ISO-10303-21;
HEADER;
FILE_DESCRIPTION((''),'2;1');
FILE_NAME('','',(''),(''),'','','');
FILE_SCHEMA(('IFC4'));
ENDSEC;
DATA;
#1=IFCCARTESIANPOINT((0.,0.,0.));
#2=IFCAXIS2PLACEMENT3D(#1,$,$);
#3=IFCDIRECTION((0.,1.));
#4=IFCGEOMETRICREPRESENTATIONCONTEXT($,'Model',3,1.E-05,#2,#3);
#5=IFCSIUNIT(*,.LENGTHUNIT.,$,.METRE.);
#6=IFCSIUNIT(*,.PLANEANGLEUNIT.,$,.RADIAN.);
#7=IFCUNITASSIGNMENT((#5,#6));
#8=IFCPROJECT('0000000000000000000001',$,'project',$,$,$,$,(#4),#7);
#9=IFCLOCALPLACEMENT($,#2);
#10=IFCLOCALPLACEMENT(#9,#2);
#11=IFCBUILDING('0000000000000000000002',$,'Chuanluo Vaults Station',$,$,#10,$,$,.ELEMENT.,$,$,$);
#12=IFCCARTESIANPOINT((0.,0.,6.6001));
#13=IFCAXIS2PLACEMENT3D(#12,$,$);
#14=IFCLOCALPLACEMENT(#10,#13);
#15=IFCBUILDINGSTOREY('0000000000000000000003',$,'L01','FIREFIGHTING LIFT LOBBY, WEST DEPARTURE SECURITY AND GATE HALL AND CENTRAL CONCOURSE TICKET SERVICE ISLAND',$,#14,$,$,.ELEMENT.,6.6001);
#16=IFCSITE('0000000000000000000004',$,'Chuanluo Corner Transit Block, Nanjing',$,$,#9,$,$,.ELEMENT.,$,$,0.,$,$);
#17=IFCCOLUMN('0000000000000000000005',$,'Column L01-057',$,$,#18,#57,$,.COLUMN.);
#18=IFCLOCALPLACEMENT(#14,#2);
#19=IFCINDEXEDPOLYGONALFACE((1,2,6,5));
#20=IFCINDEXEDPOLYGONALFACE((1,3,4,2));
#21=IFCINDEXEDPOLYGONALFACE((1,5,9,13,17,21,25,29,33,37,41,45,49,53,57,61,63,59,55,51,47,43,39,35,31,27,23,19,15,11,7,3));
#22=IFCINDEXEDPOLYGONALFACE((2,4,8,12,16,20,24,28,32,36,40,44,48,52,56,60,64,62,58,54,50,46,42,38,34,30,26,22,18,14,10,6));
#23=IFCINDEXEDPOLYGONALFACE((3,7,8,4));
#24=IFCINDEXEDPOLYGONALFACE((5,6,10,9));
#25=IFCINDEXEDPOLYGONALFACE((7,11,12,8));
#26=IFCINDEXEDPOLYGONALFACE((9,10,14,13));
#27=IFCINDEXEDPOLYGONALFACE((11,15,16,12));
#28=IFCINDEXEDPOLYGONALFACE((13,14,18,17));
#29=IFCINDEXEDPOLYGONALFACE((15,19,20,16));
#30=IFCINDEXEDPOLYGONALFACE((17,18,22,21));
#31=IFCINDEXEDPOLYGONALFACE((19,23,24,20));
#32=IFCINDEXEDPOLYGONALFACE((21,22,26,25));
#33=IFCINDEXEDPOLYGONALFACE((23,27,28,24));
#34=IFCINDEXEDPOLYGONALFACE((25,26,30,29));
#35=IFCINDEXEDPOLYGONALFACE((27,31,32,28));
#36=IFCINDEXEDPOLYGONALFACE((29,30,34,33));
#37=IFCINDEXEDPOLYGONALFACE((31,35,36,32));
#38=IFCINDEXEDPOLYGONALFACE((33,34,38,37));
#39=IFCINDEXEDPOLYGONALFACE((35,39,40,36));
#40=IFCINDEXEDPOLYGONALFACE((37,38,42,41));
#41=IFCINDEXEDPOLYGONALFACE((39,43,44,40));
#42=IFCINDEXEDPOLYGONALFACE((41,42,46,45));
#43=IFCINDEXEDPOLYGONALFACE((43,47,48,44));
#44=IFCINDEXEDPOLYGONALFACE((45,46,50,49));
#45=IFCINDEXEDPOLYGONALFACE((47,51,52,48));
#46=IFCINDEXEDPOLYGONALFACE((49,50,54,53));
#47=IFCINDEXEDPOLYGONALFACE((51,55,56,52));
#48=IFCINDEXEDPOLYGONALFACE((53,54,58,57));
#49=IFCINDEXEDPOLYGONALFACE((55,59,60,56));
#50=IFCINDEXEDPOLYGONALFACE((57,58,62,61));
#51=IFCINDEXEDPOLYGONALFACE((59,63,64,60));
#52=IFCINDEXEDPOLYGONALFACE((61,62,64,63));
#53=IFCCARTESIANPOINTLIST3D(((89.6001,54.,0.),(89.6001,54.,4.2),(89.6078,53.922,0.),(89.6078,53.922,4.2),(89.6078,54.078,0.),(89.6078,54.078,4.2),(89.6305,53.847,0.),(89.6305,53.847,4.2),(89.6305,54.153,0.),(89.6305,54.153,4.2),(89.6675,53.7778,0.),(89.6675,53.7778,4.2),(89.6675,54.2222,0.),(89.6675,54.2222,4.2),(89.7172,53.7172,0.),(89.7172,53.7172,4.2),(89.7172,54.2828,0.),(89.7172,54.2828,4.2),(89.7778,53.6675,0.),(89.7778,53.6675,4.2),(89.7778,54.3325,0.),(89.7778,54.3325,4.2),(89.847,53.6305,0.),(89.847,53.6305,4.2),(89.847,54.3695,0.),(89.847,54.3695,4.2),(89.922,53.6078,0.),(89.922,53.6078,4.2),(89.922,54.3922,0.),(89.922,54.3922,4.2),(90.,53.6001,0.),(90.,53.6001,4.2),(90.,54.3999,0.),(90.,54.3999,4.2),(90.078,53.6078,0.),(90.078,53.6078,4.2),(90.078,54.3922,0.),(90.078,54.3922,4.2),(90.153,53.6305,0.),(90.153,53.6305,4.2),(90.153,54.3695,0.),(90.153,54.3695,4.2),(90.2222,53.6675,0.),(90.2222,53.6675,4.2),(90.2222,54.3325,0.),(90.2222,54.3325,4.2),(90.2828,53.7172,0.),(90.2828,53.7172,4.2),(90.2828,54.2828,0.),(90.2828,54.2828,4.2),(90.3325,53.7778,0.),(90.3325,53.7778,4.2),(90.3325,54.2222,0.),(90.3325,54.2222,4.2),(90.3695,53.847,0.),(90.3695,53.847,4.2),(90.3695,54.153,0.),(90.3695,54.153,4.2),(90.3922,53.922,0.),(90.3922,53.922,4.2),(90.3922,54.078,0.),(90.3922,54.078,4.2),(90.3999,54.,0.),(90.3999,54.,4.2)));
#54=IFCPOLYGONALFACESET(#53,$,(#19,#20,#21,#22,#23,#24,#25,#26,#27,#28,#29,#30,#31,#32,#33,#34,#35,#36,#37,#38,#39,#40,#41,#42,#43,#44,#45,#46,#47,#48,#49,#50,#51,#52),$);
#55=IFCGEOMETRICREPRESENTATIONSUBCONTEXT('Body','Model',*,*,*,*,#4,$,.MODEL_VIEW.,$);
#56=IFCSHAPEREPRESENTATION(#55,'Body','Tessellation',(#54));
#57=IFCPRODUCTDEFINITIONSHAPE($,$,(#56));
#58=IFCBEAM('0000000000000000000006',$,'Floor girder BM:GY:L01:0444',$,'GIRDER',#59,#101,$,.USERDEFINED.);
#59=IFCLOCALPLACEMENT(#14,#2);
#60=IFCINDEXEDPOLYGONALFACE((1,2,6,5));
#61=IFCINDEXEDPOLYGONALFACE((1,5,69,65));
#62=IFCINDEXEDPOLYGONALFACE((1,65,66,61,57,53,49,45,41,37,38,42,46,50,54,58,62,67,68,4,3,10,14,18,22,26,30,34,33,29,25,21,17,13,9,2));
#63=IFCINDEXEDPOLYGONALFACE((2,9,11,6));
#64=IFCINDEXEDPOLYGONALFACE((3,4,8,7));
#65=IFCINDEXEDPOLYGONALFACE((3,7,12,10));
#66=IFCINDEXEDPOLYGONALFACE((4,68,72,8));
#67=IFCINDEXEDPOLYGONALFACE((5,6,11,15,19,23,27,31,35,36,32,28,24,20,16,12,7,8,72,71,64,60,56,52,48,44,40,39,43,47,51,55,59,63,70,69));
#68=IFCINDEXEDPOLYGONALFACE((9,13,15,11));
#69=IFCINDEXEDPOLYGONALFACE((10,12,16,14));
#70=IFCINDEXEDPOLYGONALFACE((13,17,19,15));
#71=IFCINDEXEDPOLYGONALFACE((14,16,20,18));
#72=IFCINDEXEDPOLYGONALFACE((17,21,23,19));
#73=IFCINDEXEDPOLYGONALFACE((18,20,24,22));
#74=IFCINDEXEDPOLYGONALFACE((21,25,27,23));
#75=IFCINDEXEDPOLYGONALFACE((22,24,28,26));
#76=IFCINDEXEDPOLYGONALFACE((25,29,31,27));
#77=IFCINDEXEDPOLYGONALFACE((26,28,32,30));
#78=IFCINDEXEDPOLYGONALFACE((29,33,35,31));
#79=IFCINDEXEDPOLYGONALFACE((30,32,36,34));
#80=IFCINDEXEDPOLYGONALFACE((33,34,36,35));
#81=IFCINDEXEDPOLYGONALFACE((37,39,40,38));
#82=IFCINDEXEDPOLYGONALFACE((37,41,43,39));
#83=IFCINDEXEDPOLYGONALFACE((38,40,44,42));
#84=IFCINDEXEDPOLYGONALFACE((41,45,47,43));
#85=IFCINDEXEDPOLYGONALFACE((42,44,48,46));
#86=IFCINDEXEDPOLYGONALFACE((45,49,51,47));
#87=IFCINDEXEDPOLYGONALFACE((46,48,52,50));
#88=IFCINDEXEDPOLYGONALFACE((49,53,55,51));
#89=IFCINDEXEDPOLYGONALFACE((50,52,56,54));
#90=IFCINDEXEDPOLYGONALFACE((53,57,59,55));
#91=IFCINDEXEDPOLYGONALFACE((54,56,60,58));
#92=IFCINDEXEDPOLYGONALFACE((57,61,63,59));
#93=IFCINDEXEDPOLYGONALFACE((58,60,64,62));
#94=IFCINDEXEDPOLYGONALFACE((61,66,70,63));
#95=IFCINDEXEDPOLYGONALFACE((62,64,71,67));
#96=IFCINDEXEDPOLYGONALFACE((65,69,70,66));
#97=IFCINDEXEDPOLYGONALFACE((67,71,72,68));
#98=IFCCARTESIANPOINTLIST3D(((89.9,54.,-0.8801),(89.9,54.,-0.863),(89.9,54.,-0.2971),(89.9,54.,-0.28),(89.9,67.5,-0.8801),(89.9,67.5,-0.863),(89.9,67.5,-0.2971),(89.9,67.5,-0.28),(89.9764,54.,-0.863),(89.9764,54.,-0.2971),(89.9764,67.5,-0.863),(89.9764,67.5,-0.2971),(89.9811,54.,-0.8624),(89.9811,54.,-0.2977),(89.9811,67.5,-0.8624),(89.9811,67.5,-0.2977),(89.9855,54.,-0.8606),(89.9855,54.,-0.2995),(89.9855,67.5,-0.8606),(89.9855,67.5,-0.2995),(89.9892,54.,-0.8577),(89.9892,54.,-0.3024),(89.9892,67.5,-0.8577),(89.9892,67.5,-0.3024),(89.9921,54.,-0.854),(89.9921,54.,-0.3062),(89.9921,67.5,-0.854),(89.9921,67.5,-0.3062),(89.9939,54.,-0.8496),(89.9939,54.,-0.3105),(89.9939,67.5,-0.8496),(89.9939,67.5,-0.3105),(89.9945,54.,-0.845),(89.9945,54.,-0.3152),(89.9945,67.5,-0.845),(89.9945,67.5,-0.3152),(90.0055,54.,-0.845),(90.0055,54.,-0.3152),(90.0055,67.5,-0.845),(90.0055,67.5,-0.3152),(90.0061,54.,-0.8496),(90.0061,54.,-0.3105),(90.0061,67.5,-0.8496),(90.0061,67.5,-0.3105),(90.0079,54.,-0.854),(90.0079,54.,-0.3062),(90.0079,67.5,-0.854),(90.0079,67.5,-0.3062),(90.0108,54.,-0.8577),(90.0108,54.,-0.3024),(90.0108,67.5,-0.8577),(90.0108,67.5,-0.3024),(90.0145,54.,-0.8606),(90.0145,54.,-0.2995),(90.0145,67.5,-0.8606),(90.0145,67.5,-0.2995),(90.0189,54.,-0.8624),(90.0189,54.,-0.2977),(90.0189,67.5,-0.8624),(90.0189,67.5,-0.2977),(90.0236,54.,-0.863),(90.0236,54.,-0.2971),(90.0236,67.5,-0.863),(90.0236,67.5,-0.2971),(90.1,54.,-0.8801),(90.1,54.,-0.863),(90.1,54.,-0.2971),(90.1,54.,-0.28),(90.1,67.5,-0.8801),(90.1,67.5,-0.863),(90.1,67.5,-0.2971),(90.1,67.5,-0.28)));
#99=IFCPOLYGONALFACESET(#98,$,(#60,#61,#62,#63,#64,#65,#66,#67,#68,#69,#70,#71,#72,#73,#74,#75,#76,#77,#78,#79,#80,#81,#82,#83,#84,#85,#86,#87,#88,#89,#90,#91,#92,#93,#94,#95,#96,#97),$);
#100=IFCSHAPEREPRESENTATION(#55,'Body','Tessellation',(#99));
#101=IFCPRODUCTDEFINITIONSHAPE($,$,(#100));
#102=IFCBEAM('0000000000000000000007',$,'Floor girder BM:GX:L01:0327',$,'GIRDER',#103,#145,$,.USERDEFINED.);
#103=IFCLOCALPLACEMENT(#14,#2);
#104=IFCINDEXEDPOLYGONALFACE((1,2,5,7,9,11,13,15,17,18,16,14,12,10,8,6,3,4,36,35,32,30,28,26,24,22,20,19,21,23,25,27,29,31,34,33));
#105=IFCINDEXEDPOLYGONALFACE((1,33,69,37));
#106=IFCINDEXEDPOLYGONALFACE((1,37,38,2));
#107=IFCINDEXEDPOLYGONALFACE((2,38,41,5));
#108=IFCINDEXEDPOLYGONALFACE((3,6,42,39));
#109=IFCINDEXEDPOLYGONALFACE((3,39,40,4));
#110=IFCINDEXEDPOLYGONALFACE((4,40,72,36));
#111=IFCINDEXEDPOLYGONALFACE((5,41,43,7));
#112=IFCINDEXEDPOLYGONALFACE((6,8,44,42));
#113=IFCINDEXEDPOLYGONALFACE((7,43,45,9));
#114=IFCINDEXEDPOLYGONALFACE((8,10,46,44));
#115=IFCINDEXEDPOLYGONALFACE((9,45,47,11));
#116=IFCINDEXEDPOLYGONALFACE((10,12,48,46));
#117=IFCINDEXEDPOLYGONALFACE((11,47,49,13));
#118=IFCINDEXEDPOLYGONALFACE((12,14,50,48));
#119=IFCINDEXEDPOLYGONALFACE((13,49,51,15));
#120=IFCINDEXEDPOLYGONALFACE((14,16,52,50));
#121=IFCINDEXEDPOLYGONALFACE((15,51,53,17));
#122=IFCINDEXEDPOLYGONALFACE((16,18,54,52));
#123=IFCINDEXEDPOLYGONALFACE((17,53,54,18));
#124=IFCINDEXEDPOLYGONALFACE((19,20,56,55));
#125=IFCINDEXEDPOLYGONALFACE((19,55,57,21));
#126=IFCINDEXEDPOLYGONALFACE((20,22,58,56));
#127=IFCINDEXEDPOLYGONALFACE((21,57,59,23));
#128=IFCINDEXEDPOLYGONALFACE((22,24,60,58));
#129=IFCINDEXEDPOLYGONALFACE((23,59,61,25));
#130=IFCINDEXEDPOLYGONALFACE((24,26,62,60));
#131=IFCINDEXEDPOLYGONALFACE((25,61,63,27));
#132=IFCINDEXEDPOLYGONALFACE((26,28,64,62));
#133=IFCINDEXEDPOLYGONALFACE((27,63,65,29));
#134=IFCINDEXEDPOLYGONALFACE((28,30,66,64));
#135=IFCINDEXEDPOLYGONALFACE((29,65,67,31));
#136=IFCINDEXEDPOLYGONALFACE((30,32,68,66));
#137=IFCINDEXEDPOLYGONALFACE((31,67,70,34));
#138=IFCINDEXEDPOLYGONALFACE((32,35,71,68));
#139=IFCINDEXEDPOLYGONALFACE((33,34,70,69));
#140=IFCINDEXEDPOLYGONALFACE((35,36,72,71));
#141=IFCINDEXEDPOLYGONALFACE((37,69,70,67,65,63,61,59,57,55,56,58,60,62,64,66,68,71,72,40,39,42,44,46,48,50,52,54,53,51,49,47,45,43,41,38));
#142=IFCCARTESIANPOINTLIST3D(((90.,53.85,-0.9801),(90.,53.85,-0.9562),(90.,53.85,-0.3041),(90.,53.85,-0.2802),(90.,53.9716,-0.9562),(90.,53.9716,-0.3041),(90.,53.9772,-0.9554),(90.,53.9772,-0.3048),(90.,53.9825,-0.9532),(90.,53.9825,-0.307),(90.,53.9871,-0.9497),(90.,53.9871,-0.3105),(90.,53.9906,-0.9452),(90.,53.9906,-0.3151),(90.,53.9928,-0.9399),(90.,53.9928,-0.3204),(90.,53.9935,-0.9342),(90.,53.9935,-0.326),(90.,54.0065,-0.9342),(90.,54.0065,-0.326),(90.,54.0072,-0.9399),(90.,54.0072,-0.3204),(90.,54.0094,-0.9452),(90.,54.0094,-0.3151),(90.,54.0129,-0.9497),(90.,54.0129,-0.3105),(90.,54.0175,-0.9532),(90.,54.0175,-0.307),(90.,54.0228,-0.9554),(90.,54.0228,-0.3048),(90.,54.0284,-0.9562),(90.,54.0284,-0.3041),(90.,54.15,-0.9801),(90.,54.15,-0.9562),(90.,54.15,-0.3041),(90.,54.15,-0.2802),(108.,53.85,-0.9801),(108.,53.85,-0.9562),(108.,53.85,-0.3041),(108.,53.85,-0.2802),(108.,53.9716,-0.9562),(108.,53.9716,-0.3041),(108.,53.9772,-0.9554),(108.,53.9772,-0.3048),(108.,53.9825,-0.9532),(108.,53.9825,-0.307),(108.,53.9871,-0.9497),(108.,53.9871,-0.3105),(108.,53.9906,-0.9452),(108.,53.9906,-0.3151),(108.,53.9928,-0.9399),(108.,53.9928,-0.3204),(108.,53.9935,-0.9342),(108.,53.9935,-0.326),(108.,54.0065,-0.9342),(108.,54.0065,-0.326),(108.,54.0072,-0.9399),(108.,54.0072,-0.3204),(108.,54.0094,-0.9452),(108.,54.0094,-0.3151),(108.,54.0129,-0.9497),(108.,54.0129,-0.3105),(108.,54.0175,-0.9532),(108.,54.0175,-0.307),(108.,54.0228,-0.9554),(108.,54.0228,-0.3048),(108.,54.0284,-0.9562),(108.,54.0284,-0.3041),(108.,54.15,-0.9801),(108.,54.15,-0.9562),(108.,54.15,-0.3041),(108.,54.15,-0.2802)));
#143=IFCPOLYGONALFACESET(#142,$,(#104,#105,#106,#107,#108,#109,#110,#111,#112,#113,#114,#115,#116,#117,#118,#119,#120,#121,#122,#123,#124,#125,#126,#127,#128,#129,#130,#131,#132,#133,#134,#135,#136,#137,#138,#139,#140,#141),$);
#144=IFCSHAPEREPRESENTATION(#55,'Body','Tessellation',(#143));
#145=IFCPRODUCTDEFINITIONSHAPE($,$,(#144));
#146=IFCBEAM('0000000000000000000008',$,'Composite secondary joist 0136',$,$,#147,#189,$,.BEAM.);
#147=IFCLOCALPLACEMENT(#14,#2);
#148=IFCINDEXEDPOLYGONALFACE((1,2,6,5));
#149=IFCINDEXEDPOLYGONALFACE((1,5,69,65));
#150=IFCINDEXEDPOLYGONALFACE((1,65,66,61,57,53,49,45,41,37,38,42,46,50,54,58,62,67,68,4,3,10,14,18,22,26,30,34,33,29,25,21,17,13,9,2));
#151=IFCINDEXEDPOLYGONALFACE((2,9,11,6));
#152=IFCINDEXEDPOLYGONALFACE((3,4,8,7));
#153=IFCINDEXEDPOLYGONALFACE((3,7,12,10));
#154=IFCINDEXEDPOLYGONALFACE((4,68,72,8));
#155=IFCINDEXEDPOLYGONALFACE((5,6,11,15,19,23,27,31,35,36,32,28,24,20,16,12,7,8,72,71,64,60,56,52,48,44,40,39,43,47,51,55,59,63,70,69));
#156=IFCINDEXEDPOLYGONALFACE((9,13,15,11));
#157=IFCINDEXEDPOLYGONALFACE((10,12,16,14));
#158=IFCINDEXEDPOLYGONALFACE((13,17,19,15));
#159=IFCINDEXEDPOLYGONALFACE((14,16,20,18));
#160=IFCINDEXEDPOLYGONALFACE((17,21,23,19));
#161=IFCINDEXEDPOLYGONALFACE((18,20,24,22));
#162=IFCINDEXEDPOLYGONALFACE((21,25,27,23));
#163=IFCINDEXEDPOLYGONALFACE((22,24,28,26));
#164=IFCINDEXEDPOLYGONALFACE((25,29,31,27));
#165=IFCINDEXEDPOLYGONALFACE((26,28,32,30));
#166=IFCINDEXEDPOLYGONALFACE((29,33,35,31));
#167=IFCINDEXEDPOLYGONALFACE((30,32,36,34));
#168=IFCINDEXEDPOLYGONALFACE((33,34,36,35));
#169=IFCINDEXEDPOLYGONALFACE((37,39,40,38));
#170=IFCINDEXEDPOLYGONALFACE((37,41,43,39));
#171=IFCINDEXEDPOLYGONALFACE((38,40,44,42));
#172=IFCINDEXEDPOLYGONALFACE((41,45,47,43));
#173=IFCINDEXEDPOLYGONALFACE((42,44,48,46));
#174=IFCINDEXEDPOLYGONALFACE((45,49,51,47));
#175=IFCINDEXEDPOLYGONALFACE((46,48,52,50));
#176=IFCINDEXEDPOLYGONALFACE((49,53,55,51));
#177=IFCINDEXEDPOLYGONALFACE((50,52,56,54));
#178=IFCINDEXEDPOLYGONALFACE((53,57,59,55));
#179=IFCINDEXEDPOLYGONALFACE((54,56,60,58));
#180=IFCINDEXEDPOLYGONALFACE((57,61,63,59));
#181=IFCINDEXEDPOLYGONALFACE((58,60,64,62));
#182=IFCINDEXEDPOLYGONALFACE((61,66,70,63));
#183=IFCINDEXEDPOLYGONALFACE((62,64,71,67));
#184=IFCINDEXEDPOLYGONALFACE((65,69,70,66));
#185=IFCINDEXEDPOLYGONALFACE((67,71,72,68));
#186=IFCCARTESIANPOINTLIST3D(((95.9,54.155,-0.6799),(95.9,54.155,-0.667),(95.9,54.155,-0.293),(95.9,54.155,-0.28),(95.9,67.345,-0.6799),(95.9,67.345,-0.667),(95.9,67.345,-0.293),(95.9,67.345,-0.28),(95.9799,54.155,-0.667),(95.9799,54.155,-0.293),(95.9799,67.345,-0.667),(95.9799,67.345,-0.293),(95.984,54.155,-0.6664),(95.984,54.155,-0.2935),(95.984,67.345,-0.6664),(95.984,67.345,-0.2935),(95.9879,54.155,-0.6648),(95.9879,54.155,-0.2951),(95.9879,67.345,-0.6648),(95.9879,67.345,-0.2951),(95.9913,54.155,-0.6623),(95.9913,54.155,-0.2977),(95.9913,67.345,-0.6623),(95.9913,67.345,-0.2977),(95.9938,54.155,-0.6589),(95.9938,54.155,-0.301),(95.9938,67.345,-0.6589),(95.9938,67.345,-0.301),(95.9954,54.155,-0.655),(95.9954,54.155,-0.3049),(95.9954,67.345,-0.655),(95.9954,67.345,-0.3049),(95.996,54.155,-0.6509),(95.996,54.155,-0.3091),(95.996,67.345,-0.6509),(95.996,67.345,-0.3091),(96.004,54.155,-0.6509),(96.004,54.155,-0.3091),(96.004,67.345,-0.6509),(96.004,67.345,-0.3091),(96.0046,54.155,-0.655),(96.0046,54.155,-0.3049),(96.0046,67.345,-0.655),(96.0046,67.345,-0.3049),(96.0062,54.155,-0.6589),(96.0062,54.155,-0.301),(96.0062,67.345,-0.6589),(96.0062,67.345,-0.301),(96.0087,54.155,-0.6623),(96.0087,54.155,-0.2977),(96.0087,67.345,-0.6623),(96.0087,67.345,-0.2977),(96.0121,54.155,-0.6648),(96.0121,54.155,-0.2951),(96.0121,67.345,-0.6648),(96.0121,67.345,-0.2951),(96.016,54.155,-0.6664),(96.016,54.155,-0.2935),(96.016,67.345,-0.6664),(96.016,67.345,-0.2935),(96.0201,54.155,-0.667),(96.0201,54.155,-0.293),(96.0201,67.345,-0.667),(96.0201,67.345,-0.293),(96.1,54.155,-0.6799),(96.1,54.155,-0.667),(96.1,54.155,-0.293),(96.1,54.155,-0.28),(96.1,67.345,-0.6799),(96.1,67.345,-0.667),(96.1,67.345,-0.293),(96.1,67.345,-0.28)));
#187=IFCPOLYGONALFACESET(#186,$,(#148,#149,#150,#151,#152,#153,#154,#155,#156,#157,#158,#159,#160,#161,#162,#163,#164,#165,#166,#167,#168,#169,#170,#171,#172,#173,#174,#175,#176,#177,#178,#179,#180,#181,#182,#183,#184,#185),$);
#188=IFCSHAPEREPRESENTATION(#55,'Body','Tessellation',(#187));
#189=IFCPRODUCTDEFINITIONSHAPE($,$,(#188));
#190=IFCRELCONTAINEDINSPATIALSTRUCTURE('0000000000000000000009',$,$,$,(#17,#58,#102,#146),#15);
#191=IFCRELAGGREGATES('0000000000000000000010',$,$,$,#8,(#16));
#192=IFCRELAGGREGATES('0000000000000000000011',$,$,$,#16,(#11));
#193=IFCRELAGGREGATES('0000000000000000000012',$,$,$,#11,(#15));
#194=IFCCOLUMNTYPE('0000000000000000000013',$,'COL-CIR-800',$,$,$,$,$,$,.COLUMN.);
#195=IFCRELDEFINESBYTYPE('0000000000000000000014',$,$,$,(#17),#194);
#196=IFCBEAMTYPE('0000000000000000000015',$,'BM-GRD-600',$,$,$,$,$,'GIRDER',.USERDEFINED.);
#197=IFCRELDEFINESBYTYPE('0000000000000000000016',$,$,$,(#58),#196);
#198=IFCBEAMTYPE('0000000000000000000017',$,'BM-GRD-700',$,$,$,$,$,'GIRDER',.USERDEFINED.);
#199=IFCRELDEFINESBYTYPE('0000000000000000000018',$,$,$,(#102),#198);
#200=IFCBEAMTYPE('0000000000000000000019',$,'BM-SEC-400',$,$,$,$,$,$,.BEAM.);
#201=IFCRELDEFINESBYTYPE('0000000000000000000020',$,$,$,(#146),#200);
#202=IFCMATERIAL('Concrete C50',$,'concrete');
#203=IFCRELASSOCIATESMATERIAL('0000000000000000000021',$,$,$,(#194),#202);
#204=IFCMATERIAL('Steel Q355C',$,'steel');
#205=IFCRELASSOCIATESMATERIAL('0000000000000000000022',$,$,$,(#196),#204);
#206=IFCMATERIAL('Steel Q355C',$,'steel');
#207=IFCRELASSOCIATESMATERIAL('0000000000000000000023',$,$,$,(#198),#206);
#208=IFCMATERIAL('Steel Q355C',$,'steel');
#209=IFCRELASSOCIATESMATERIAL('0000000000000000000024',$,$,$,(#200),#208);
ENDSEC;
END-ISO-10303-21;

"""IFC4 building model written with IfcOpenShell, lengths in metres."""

from ifc_helpers import new_model, si_unit, direction, frame, origin, origin_2d, place, context, subcontext, project, spatial, circle, i_section, extrude, material, material_profile, profile_set, type_object, element, save


model = new_model("IFC4")

# Units and contexts
model_context = context("Model", 3, precision=1e-05, world=origin(), true_north=direction((0.0, 1.0)))
body_context = subcontext(model_context, "Body", "Model", "MODEL_VIEW")
ifc_project = project(units=[si_unit("LENGTHUNIT", "METRE"), si_unit("PLANEANGLEUNIT", "RADIAN")], contexts=[model_context])

# Site, building, storey
site_placement = place(None, origin())
site = spatial("IfcSite", under=ifc_project, at=site_placement, Name="Chuanluo Corner Transit Block, Nanjing", CompositionType="ELEMENT", RefElevation=0.0)
building_placement = place(site_placement, origin())
building = spatial("IfcBuilding", under=site, at=building_placement, Name="Chuanluo Vaults Station", CompositionType="ELEMENT")
storey_placement = place(building_placement, frame((0.0, 0.0, 6.6001)))
storey = spatial("IfcBuildingStorey", under=building, at=storey_placement, Name="L01", Description="FIREFIGHTING LIFT LOBBY, WEST DEPARTURE SECURITY AND GATE HALL AND CENTRAL CONCOURSE TICKET SERVICE ISLAND", CompositionType="ELEMENT", Elevation=6.6001)

# Column
ifc_material_1 = material(Name="Concrete C50", Category="concrete")
ifc_material_profile_1 = material_profile(ifc_material_1, circle(Radius=0.3999, at=origin_2d()))
ifc_profile_set_1 = profile_set([ifc_material_profile_1], Name="Concrete C50")
column_type = type_object("IfcColumnType", Name="COL-CIR-800", PredefinedType="COLUMN", material=ifc_profile_set_1)
column_placement = place(storey_placement, frame((90.0, 54.0, 0.0), z_axis=(0.0, 0.0, 1.0), x_axis=(1.0, 0.0, 0.0)))
element("IfcColumn", 1, at=column_placement, inside=storey, type_object=column_type, Name="Column L01-057", PredefinedType="COLUMN", context=body_context, shape_type="SweptSolid", body=[
    extrude(circle(Radius=0.3999, at=origin_2d()), origin(), (0.0, 0.0, 1.0), 4.2),
])

# Beams
ifc_material_2 = material(Name="Steel Q355C", Category="steel")
ifc_material_profile_2 = material_profile(ifc_material_2, i_section(OverallWidth=0.2, OverallDepth=0.6001, WebThickness=0.011, FlangeThickness=0.0171, FilletRadius=0.0181, at=origin_2d()))
ifc_profile_set_2 = profile_set([ifc_material_profile_2], Name="Steel Q355C")
beam_type_1 = type_object("IfcBeamType", Name="BM-GRD-600", ElementType="GIRDER", PredefinedType="USERDEFINED", material=ifc_profile_set_2)
beam_1_placement = place(storey_placement, frame((90.0, 54.0, -0.5801), z_axis=(0.0, 1.0, 0.0), x_axis=(-1.0, 0.0, 0.0)))
element("IfcBeam", 2, at=beam_1_placement, inside=storey, type_object=beam_type_1, Name="Floor girder BM:GY:L01:0444", ObjectType="GIRDER", PredefinedType="USERDEFINED", context=body_context, shape_type="SweptSolid", body=[
    extrude(i_section(OverallWidth=0.2, OverallDepth=0.6001, WebThickness=0.011, FlangeThickness=0.0171, FilletRadius=0.0181, at=origin_2d()), origin(), (0.0, 0.0, 1.0), 13.5),
])
ifc_material_3 = material(Name="Steel Q355C", Category="steel")
ifc_material_profile_3 = material_profile(ifc_material_3, i_section(OverallWidth=0.3, OverallDepth=0.7, WebThickness=0.0129, FlangeThickness=0.0239, FilletRadius=0.022, at=origin_2d()))
ifc_profile_set_3 = profile_set([ifc_material_profile_3], Name="Steel Q355C")
beam_type_2 = type_object("IfcBeamType", Name="BM-GRD-700", ElementType="GIRDER", PredefinedType="USERDEFINED", material=ifc_profile_set_3)
beam_2_placement = place(storey_placement, frame((90.0, 54.0, -0.6301), z_axis=(1.0, 0.0, 0.0), x_axis=(0.0, 1.0, 0.0)))
element("IfcBeam", 3, at=beam_2_placement, inside=storey, type_object=beam_type_2, Name="Floor girder BM:GX:L01:0327", ObjectType="GIRDER", PredefinedType="USERDEFINED", context=body_context, shape_type="SweptSolid", body=[
    extrude(i_section(OverallWidth=0.3, OverallDepth=0.7, WebThickness=0.0129, FlangeThickness=0.0239, FilletRadius=0.022, at=origin_2d()), origin(), (0.0, 0.0, 1.0), 18.0),
])
ifc_material_4 = material(Name="Steel Q355C", Category="steel")
ifc_material_profile_4 = material_profile(ifc_material_4, i_section(OverallWidth=0.2, OverallDepth=0.3999, WebThickness=0.0081, FlangeThickness=0.0129, FilletRadius=0.0161, at=origin_2d()))
ifc_profile_set_4 = profile_set([ifc_material_profile_4], Name="Steel Q355C")
beam_type_3 = type_object("IfcBeamType", Name="BM-SEC-400", PredefinedType="BEAM", material=ifc_profile_set_4)
beam_3_placement = place(storey_placement, frame((96.0, 54.155, -0.48), z_axis=(0.0, 1.0, 0.0), x_axis=(-1.0, 0.0, 0.0)))
element("IfcBeam", 4, at=beam_3_placement, inside=storey, type_object=beam_type_3, Name="Composite secondary joist 0136", PredefinedType="BEAM", context=body_context, shape_type="SweptSolid", body=[
    extrude(i_section(OverallWidth=0.2, OverallDepth=0.3999, WebThickness=0.0081, FlangeThickness=0.0129, FilletRadius=0.0161, at=origin_2d()), origin(), (0.0, 0.0, 1.0), 13.1899),
])

save(model, "model.ifc")
